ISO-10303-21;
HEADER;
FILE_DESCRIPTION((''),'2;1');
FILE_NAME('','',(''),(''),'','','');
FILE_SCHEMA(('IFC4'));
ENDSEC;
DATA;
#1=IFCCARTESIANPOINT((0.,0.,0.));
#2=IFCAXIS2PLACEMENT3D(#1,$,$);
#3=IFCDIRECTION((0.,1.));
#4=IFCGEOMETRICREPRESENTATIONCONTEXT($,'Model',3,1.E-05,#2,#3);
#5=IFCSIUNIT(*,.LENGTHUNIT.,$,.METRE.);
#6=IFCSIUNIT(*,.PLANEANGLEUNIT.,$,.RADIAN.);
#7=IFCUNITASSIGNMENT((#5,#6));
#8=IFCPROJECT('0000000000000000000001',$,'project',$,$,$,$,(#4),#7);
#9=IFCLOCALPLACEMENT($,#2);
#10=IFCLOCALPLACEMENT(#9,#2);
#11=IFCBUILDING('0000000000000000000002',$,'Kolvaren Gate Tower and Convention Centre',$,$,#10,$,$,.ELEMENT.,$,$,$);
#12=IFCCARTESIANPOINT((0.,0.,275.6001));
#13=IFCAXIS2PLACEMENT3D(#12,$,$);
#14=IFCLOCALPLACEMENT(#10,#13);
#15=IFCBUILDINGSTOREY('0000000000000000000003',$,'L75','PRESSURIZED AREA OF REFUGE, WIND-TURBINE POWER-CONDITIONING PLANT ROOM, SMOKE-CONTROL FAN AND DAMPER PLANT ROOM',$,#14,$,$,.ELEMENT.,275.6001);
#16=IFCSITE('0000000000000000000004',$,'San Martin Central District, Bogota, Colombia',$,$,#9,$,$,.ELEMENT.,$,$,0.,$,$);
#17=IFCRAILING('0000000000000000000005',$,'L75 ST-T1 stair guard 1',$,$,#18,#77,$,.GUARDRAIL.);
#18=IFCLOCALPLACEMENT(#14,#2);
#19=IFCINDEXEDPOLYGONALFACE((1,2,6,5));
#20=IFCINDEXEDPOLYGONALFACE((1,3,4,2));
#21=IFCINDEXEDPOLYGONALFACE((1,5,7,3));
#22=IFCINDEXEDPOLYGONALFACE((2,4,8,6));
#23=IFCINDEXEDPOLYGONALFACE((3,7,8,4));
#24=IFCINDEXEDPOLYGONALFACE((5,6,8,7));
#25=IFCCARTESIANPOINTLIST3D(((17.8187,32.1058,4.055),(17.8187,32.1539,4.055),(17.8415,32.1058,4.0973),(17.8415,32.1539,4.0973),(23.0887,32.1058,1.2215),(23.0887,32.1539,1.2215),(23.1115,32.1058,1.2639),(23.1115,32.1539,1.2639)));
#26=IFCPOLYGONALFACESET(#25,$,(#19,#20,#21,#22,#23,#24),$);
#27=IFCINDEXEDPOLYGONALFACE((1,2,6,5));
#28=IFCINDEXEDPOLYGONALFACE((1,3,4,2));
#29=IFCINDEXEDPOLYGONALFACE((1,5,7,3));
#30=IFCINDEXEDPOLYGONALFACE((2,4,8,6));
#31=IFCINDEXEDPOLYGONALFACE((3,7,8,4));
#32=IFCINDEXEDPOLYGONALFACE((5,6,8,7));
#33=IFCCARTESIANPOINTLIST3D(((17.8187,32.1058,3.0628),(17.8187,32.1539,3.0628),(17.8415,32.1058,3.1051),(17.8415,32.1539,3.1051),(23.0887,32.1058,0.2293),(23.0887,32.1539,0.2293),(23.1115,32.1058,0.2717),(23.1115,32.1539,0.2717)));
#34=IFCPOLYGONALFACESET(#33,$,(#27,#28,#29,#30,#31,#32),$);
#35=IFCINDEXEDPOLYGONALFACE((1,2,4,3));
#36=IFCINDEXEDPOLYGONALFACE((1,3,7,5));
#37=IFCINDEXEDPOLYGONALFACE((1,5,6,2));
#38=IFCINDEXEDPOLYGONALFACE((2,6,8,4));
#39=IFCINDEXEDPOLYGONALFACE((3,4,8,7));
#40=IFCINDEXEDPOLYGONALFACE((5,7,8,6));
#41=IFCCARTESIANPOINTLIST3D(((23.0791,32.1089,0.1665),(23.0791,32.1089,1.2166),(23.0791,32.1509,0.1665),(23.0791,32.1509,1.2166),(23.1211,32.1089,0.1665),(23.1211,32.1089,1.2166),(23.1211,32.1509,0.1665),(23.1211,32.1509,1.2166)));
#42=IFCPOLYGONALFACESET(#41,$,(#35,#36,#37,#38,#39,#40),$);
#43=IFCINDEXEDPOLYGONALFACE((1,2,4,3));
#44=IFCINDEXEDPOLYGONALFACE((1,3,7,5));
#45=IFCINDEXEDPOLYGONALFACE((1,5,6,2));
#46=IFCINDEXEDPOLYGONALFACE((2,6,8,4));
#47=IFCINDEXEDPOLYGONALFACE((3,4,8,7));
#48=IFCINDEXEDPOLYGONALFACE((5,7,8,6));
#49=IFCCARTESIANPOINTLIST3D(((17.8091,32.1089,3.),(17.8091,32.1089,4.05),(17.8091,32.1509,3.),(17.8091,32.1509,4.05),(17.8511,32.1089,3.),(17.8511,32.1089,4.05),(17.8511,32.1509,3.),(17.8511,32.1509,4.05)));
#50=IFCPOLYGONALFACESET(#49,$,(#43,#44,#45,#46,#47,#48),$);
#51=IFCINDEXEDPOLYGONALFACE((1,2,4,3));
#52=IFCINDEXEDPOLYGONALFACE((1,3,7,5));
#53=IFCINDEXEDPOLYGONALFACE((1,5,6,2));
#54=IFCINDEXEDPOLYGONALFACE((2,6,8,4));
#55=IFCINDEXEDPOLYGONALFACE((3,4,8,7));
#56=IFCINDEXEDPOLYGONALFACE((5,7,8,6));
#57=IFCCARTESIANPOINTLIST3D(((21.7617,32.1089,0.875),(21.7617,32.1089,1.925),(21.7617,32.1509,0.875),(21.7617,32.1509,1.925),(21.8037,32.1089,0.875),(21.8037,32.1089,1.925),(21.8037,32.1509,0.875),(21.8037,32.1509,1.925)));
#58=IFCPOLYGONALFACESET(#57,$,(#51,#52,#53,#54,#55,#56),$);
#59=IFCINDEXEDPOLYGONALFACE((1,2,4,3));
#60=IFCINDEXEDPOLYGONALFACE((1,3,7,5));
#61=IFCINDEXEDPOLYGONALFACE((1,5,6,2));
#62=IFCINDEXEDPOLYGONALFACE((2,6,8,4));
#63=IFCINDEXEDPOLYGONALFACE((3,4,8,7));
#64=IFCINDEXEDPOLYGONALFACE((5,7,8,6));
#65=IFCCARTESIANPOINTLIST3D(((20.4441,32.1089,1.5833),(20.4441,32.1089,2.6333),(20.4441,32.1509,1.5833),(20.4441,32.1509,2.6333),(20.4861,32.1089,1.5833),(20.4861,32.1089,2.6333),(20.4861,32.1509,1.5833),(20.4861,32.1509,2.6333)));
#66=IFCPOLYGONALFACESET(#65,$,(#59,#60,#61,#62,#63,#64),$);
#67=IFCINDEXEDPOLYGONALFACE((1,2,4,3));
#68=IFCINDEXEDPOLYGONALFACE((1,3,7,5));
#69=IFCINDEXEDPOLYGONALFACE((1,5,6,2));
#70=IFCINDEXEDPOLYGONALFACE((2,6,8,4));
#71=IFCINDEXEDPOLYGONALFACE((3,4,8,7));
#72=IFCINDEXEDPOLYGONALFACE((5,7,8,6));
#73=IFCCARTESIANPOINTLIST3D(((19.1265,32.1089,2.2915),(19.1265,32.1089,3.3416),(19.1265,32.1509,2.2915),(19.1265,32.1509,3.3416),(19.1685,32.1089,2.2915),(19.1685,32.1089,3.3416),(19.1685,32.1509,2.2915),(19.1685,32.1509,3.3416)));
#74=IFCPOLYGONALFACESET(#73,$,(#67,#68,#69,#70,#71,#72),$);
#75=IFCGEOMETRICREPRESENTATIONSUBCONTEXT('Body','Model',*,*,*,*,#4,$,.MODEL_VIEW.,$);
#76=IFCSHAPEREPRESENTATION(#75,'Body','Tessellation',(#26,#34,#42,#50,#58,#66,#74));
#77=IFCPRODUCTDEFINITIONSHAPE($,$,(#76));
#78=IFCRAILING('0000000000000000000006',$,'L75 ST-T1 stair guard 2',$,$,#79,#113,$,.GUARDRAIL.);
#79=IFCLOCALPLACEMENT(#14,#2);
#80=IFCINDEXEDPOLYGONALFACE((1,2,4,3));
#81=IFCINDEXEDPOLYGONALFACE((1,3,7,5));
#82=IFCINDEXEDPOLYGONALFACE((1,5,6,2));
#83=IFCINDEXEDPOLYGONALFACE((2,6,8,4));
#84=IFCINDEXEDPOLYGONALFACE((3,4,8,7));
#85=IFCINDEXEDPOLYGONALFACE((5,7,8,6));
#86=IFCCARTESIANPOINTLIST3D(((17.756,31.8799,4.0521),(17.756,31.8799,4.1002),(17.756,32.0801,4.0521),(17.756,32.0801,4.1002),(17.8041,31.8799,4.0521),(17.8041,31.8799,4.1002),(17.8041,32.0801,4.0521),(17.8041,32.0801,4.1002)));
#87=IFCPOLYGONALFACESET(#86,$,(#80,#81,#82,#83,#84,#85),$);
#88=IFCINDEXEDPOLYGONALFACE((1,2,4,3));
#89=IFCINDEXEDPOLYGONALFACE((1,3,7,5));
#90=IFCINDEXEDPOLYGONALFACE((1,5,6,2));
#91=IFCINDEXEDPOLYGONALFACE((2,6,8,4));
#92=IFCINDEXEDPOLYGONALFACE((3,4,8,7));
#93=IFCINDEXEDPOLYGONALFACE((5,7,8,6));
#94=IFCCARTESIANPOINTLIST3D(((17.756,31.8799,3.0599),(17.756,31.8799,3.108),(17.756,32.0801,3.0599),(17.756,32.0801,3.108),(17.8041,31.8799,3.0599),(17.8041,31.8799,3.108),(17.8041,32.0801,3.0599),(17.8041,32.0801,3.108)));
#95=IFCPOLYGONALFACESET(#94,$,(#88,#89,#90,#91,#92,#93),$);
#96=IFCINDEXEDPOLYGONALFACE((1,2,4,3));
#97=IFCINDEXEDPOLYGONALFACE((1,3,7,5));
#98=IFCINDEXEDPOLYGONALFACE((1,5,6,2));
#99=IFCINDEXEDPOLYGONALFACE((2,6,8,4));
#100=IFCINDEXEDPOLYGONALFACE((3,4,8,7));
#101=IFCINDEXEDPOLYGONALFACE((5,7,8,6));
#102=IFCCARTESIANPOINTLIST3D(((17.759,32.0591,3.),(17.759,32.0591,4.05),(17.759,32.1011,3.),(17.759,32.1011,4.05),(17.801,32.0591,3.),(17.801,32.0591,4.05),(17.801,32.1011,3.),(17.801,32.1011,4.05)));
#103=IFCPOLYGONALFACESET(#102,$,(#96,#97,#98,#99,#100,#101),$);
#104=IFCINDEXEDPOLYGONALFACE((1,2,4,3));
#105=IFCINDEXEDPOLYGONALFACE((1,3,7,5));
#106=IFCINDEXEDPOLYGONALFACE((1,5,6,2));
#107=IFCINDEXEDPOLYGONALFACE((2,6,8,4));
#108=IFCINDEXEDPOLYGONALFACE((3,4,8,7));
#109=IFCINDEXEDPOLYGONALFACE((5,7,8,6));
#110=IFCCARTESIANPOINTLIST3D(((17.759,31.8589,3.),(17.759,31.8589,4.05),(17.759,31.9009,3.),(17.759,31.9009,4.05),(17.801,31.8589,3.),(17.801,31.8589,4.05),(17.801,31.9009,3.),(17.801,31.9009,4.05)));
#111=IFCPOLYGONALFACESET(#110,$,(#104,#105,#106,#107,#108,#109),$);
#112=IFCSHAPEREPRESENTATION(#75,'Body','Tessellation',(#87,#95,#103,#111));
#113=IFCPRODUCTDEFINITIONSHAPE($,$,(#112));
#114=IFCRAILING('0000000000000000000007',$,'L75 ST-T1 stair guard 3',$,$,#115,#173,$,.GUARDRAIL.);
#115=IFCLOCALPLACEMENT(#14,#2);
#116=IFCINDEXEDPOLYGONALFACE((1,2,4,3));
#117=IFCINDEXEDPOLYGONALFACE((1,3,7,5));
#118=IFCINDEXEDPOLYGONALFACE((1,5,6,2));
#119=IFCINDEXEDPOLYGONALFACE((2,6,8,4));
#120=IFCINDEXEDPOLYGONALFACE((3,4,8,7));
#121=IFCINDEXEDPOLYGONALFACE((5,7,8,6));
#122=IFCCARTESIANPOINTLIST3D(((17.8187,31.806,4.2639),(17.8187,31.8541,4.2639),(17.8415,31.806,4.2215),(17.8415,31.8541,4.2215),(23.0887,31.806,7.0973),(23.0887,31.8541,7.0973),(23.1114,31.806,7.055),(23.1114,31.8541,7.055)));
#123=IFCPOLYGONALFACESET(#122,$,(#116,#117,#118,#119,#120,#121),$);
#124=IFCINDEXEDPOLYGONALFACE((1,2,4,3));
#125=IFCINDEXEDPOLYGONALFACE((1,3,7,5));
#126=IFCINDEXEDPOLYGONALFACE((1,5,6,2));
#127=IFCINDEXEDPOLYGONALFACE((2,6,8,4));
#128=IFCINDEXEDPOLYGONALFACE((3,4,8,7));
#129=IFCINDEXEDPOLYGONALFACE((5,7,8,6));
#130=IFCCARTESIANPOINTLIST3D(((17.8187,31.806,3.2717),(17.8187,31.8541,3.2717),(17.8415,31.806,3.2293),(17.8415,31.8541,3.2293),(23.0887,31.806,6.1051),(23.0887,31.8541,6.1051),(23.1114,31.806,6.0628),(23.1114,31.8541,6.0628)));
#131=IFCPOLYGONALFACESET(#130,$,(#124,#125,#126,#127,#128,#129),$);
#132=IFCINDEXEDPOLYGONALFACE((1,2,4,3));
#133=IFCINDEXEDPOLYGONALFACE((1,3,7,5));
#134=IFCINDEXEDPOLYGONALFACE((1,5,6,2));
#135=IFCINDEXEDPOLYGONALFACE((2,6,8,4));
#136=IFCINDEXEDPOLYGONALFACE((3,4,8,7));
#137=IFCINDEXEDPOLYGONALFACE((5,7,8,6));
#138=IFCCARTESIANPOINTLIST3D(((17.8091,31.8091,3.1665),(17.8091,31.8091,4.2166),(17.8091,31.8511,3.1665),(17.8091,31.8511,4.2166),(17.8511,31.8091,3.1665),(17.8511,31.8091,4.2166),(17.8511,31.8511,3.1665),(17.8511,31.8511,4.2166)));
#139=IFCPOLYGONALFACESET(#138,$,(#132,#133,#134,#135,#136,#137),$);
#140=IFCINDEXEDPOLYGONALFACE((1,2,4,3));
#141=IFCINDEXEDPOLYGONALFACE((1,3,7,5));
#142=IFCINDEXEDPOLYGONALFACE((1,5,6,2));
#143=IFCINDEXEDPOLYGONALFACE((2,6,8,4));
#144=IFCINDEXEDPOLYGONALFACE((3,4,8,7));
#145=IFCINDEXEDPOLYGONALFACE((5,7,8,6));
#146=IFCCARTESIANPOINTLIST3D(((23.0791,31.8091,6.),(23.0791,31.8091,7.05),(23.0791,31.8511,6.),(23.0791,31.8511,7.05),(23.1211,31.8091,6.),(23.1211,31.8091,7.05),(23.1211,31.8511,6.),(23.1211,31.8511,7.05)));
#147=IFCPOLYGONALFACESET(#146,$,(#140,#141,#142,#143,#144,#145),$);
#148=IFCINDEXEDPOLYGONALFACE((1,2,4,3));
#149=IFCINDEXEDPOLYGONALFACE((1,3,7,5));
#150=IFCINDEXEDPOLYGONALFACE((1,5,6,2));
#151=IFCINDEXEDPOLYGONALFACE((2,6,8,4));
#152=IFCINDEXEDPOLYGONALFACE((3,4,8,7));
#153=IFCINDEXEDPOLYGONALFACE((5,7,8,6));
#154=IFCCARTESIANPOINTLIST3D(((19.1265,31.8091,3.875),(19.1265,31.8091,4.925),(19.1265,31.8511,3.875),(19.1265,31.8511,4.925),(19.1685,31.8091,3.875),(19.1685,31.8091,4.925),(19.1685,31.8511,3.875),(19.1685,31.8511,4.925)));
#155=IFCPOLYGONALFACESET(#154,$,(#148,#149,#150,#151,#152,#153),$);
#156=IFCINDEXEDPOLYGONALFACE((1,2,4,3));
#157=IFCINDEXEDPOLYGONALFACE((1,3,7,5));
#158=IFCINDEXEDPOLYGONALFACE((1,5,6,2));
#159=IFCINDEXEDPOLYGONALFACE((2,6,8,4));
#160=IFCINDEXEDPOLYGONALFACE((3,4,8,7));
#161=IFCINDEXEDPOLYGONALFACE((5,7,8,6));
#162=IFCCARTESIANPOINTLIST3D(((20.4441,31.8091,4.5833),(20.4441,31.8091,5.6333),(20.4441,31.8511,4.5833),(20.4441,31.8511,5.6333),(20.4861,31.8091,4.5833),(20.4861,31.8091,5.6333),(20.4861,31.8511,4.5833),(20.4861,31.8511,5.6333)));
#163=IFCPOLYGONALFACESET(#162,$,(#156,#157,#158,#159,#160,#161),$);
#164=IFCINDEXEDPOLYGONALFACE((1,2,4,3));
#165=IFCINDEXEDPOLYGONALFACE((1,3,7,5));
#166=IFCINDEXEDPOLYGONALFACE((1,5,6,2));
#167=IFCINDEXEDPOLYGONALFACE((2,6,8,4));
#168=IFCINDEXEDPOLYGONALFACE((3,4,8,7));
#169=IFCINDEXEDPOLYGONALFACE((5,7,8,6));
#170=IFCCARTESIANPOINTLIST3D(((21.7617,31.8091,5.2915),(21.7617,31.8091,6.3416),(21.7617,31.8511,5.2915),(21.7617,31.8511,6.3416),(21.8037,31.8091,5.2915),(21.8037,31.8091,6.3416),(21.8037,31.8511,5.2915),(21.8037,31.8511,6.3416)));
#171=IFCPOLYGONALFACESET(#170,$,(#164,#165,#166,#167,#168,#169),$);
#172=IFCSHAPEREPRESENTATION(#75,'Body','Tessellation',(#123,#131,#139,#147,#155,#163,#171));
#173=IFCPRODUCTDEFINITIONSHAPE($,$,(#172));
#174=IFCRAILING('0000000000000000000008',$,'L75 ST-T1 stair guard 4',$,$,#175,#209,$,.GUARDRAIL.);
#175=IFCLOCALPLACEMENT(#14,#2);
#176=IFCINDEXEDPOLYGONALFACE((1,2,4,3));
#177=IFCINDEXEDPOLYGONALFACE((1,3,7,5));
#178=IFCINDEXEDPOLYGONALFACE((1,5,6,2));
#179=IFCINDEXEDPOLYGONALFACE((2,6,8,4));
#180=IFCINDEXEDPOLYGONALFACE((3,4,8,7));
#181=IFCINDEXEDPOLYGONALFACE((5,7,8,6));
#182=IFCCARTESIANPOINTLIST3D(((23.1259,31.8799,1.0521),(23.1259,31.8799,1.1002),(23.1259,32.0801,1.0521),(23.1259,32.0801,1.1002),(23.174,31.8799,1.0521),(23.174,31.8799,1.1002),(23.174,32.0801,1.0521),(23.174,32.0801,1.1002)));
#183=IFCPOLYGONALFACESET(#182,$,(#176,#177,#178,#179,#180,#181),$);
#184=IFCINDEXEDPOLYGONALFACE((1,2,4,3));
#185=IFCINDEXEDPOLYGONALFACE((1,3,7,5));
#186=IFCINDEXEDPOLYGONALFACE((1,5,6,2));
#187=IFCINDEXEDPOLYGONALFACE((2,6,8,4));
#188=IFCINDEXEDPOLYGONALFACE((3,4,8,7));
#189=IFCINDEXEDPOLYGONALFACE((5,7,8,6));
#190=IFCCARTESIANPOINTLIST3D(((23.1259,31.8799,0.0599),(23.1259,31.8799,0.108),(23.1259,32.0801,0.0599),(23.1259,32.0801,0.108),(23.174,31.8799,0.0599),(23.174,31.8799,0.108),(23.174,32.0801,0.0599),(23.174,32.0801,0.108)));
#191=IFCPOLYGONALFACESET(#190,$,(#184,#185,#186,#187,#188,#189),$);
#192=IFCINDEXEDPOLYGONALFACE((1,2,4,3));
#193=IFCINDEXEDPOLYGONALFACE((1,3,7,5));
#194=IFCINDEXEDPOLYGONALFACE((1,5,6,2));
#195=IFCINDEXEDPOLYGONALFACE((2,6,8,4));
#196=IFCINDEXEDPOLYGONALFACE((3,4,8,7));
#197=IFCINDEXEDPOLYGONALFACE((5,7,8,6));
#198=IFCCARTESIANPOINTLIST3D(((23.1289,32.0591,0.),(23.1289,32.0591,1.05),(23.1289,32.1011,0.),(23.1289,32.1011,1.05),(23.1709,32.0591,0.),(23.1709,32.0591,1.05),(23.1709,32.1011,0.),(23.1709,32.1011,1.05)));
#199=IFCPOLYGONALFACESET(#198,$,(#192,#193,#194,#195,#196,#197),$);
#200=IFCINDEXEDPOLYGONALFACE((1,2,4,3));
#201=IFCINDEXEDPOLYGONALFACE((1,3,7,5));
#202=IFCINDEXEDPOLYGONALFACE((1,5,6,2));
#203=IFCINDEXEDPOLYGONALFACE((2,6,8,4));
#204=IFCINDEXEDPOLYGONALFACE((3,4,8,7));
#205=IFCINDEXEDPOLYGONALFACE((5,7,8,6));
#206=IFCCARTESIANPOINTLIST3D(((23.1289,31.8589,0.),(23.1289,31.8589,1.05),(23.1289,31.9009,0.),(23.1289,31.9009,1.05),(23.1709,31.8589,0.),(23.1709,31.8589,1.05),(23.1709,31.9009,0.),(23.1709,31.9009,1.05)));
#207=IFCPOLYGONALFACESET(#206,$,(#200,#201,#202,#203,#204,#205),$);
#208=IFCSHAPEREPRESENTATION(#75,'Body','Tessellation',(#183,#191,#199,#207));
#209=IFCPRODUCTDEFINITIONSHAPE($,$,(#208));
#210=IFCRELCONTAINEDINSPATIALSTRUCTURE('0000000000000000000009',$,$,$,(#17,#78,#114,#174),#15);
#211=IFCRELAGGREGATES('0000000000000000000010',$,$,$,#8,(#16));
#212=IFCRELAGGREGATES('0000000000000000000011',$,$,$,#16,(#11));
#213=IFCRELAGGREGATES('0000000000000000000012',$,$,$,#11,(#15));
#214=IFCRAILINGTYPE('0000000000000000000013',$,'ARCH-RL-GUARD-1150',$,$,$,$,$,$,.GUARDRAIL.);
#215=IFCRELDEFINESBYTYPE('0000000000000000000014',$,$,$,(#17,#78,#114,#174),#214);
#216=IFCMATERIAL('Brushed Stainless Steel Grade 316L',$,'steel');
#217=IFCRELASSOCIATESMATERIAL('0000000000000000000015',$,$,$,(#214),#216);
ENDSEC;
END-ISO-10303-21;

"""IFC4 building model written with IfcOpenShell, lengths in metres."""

from ifc_helpers import new_model, si_unit, direction, frame, origin, origin_2d, place, context, subcontext, project, spatial, rectangle, extrude, material, type_object, element, save


model = new_model("IFC4")

# Units and contexts
model_context = context("Model", 3, precision=1e-05, world=origin(), true_north=direction((0.0, 1.0)))
body_context = subcontext(model_context, "Body", "Model", "MODEL_VIEW")
ifc_project = project(units=[si_unit("LENGTHUNIT", "METRE"), si_unit("PLANEANGLEUNIT", "RADIAN")], contexts=[model_context])

# Site, building, storey
site_placement = place(None, origin())
site = spatial("IfcSite", under=ifc_project, at=site_placement, Name="San Martin Central District, Bogota, Colombia", CompositionType="ELEMENT", RefElevation=0.0)
building_placement = place(site_placement, origin())
building = spatial("IfcBuilding", under=site, at=building_placement, Name="Kolvaren Gate Tower and Convention Centre", CompositionType="ELEMENT")
storey_placement = place(building_placement, frame((0.0, 0.0, 275.6001)))
storey = spatial("IfcBuildingStorey", under=building, at=storey_placement, Name="L75", Description="PRESSURIZED AREA OF REFUGE, WIND-TURBINE POWER-CONDITIONING PLANT ROOM, SMOKE-CONTROL FAN AND DAMPER PLANT ROOM", CompositionType="ELEMENT", Elevation=275.6001)

# Shared definitions
ifc_material_1 = material(Name="Brushed Stainless Steel Grade 316L", Category="steel")

# Railings
railing_type_1 = type_object("IfcRailingType", Name="ARCH-RL-GUARD-1150", PredefinedType="GUARDRAIL", material=ifc_material_1)
railing_1_placement = place(storey_placement, frame((23.1001, 32.1299, 0.1665)))
element("IfcRailing", 1, at=railing_1_placement, inside=storey, type_object=railing_type_1, Name="L75 ST-T1 stair guard 1", PredefinedType="GUARDRAIL", context=body_context, shape_type="SweptSolid", body=[
    extrude(rectangle(XDim=0.0481, YDim=0.0481, at=origin_2d()), frame((0.0, 0.0, 1.0762), z_axis=(-0.880764, 0.0, 0.473555), x_axis=(0.0, -1.0, 0.0)), (0.0, 0.0, 1.0), 5.9834),
    extrude(rectangle(XDim=0.0481, YDim=0.0481, at=origin_2d()), frame((0.0, 0.0, 0.084), z_axis=(-0.880764, 0.0, 0.473555), x_axis=(0.0, -1.0, 0.0)), (0.0, 0.0, 1.0), 5.9834),
    extrude(rectangle(XDim=0.042, YDim=0.042, at=origin_2d()), origin(), (0.0, 0.0, 1.0), 1.05),
    extrude(rectangle(XDim=0.042, YDim=0.042, at=origin_2d()), frame((-5.27, 0.0, 2.8335)), (0.0, 0.0, 1.0), 1.05),
    extrude(rectangle(XDim=0.042, YDim=0.042, at=origin_2d()), frame((-1.3174, 0.0, 0.7085)), (0.0, 0.0, 1.0), 1.05),
    extrude(rectangle(XDim=0.042, YDim=0.042, at=origin_2d()), frame((-2.635, 0.0, 1.4167)), (0.0, 0.0, 1.0), 1.05),
    extrude(rectangle(XDim=0.042, YDim=0.042, at=origin_2d()), frame((-3.9526, 0.0, 2.125)), (0.0, 0.0, 1.0), 1.05),
])
railing_2_placement = place(storey_placement, frame((17.78, 32.0801, 3.0)))
element("IfcRailing", 2, at=railing_2_placement, inside=storey, type_object=railing_type_1, Name="L75 ST-T1 stair guard 2", PredefinedType="GUARDRAIL", context=body_context, shape_type="SweptSolid", body=[
    extrude(rectangle(XDim=0.0481, YDim=0.0481, at=origin_2d()), frame((0.0, 0.0, 1.0762), z_axis=(0.0, -1.0, 0.0), x_axis=(1.0, 0.0, 0.0)), (0.0, 0.0, 1.0), 0.2002),
    extrude(rectangle(XDim=0.0481, YDim=0.0481, at=origin_2d()), frame((0.0, 0.0, 0.084), z_axis=(0.0, -1.0, 0.0), x_axis=(1.0, 0.0, 0.0)), (0.0, 0.0, 1.0), 0.2002),
    extrude(rectangle(XDim=0.042, YDim=0.042, at=origin_2d()), origin(), (0.0, 0.0, 1.0), 1.05),
    extrude(rectangle(XDim=0.042, YDim=0.042, at=origin_2d()), frame((0.0, -0.2002, 0.0)), (0.0, 0.0, 1.0), 1.05),
])
railing_3_placement = place(storey_placement, frame((17.8301, 31.8301, 3.1665)))
element("IfcRailing", 3, at=railing_3_placement, inside=storey, type_object=railing_type_1, Name="L75 ST-T1 stair guard 3", PredefinedType="GUARDRAIL", context=body_context, shape_type="SweptSolid", body=[
    extrude(rectangle(XDim=0.0481, YDim=0.0481, at=origin_2d()), frame((0.0, 0.0, 1.0762), z_axis=(0.880764, 0.0, 0.473555), x_axis=(0.0, 1.0, 0.0)), (0.0, 0.0, 1.0), 5.9834),
    extrude(rectangle(XDim=0.0481, YDim=0.0481, at=origin_2d()), frame((0.0, 0.0, 0.084), z_axis=(0.880764, 0.0, 0.473555), x_axis=(0.0, 1.0, 0.0)), (0.0, 0.0, 1.0), 5.9834),
    extrude(rectangle(XDim=0.042, YDim=0.042, at=origin_2d()), origin(), (0.0, 0.0, 1.0), 1.05),
    extrude(rectangle(XDim=0.042, YDim=0.042, at=origin_2d()), frame((5.27, 0.0, 2.8335)), (0.0, 0.0, 1.0), 1.05),
    extrude(rectangle(XDim=0.042, YDim=0.042, at=origin_2d()), frame((1.3174, 0.0, 0.7085)), (0.0, 0.0, 1.0), 1.05),
    extrude(rectangle(XDim=0.042, YDim=0.042, at=origin_2d()), frame((2.635, 0.0, 1.4167)), (0.0, 0.0, 1.0), 1.05),
    extrude(rectangle(XDim=0.042, YDim=0.042, at=origin_2d()), frame((3.9526, 0.0, 2.125)), (0.0, 0.0, 1.0), 1.05),
])
railing_4_placement = place(storey_placement, frame((23.1499, 32.0801, 0.0)))
element("IfcRailing", 4, at=railing_4_placement, inside=storey, type_object=railing_type_1, Name="L75 ST-T1 stair guard 4", PredefinedType="GUARDRAIL", context=body_context, shape_type="SweptSolid", body=[
    extrude(rectangle(XDim=0.0481, YDim=0.0481, at=origin_2d()), frame((0.0, 0.0, 1.0762), z_axis=(0.0, -1.0, 0.0), x_axis=(1.0, 0.0, 0.0)), (0.0, 0.0, 1.0), 0.2002),
    extrude(rectangle(XDim=0.0481, YDim=0.0481, at=origin_2d()), frame((0.0, 0.0, 0.084), z_axis=(0.0, -1.0, 0.0), x_axis=(1.0, 0.0, 0.0)), (0.0, 0.0, 1.0), 0.2002),
    extrude(rectangle(XDim=0.042, YDim=0.042, at=origin_2d()), origin(), (0.0, 0.0, 1.0), 1.05),
    extrude(rectangle(XDim=0.042, YDim=0.042, at=origin_2d()), frame((0.0, -0.2002, 0.0)), (0.0, 0.0, 1.0), 1.05),
])

save(model, "model.ifc")
